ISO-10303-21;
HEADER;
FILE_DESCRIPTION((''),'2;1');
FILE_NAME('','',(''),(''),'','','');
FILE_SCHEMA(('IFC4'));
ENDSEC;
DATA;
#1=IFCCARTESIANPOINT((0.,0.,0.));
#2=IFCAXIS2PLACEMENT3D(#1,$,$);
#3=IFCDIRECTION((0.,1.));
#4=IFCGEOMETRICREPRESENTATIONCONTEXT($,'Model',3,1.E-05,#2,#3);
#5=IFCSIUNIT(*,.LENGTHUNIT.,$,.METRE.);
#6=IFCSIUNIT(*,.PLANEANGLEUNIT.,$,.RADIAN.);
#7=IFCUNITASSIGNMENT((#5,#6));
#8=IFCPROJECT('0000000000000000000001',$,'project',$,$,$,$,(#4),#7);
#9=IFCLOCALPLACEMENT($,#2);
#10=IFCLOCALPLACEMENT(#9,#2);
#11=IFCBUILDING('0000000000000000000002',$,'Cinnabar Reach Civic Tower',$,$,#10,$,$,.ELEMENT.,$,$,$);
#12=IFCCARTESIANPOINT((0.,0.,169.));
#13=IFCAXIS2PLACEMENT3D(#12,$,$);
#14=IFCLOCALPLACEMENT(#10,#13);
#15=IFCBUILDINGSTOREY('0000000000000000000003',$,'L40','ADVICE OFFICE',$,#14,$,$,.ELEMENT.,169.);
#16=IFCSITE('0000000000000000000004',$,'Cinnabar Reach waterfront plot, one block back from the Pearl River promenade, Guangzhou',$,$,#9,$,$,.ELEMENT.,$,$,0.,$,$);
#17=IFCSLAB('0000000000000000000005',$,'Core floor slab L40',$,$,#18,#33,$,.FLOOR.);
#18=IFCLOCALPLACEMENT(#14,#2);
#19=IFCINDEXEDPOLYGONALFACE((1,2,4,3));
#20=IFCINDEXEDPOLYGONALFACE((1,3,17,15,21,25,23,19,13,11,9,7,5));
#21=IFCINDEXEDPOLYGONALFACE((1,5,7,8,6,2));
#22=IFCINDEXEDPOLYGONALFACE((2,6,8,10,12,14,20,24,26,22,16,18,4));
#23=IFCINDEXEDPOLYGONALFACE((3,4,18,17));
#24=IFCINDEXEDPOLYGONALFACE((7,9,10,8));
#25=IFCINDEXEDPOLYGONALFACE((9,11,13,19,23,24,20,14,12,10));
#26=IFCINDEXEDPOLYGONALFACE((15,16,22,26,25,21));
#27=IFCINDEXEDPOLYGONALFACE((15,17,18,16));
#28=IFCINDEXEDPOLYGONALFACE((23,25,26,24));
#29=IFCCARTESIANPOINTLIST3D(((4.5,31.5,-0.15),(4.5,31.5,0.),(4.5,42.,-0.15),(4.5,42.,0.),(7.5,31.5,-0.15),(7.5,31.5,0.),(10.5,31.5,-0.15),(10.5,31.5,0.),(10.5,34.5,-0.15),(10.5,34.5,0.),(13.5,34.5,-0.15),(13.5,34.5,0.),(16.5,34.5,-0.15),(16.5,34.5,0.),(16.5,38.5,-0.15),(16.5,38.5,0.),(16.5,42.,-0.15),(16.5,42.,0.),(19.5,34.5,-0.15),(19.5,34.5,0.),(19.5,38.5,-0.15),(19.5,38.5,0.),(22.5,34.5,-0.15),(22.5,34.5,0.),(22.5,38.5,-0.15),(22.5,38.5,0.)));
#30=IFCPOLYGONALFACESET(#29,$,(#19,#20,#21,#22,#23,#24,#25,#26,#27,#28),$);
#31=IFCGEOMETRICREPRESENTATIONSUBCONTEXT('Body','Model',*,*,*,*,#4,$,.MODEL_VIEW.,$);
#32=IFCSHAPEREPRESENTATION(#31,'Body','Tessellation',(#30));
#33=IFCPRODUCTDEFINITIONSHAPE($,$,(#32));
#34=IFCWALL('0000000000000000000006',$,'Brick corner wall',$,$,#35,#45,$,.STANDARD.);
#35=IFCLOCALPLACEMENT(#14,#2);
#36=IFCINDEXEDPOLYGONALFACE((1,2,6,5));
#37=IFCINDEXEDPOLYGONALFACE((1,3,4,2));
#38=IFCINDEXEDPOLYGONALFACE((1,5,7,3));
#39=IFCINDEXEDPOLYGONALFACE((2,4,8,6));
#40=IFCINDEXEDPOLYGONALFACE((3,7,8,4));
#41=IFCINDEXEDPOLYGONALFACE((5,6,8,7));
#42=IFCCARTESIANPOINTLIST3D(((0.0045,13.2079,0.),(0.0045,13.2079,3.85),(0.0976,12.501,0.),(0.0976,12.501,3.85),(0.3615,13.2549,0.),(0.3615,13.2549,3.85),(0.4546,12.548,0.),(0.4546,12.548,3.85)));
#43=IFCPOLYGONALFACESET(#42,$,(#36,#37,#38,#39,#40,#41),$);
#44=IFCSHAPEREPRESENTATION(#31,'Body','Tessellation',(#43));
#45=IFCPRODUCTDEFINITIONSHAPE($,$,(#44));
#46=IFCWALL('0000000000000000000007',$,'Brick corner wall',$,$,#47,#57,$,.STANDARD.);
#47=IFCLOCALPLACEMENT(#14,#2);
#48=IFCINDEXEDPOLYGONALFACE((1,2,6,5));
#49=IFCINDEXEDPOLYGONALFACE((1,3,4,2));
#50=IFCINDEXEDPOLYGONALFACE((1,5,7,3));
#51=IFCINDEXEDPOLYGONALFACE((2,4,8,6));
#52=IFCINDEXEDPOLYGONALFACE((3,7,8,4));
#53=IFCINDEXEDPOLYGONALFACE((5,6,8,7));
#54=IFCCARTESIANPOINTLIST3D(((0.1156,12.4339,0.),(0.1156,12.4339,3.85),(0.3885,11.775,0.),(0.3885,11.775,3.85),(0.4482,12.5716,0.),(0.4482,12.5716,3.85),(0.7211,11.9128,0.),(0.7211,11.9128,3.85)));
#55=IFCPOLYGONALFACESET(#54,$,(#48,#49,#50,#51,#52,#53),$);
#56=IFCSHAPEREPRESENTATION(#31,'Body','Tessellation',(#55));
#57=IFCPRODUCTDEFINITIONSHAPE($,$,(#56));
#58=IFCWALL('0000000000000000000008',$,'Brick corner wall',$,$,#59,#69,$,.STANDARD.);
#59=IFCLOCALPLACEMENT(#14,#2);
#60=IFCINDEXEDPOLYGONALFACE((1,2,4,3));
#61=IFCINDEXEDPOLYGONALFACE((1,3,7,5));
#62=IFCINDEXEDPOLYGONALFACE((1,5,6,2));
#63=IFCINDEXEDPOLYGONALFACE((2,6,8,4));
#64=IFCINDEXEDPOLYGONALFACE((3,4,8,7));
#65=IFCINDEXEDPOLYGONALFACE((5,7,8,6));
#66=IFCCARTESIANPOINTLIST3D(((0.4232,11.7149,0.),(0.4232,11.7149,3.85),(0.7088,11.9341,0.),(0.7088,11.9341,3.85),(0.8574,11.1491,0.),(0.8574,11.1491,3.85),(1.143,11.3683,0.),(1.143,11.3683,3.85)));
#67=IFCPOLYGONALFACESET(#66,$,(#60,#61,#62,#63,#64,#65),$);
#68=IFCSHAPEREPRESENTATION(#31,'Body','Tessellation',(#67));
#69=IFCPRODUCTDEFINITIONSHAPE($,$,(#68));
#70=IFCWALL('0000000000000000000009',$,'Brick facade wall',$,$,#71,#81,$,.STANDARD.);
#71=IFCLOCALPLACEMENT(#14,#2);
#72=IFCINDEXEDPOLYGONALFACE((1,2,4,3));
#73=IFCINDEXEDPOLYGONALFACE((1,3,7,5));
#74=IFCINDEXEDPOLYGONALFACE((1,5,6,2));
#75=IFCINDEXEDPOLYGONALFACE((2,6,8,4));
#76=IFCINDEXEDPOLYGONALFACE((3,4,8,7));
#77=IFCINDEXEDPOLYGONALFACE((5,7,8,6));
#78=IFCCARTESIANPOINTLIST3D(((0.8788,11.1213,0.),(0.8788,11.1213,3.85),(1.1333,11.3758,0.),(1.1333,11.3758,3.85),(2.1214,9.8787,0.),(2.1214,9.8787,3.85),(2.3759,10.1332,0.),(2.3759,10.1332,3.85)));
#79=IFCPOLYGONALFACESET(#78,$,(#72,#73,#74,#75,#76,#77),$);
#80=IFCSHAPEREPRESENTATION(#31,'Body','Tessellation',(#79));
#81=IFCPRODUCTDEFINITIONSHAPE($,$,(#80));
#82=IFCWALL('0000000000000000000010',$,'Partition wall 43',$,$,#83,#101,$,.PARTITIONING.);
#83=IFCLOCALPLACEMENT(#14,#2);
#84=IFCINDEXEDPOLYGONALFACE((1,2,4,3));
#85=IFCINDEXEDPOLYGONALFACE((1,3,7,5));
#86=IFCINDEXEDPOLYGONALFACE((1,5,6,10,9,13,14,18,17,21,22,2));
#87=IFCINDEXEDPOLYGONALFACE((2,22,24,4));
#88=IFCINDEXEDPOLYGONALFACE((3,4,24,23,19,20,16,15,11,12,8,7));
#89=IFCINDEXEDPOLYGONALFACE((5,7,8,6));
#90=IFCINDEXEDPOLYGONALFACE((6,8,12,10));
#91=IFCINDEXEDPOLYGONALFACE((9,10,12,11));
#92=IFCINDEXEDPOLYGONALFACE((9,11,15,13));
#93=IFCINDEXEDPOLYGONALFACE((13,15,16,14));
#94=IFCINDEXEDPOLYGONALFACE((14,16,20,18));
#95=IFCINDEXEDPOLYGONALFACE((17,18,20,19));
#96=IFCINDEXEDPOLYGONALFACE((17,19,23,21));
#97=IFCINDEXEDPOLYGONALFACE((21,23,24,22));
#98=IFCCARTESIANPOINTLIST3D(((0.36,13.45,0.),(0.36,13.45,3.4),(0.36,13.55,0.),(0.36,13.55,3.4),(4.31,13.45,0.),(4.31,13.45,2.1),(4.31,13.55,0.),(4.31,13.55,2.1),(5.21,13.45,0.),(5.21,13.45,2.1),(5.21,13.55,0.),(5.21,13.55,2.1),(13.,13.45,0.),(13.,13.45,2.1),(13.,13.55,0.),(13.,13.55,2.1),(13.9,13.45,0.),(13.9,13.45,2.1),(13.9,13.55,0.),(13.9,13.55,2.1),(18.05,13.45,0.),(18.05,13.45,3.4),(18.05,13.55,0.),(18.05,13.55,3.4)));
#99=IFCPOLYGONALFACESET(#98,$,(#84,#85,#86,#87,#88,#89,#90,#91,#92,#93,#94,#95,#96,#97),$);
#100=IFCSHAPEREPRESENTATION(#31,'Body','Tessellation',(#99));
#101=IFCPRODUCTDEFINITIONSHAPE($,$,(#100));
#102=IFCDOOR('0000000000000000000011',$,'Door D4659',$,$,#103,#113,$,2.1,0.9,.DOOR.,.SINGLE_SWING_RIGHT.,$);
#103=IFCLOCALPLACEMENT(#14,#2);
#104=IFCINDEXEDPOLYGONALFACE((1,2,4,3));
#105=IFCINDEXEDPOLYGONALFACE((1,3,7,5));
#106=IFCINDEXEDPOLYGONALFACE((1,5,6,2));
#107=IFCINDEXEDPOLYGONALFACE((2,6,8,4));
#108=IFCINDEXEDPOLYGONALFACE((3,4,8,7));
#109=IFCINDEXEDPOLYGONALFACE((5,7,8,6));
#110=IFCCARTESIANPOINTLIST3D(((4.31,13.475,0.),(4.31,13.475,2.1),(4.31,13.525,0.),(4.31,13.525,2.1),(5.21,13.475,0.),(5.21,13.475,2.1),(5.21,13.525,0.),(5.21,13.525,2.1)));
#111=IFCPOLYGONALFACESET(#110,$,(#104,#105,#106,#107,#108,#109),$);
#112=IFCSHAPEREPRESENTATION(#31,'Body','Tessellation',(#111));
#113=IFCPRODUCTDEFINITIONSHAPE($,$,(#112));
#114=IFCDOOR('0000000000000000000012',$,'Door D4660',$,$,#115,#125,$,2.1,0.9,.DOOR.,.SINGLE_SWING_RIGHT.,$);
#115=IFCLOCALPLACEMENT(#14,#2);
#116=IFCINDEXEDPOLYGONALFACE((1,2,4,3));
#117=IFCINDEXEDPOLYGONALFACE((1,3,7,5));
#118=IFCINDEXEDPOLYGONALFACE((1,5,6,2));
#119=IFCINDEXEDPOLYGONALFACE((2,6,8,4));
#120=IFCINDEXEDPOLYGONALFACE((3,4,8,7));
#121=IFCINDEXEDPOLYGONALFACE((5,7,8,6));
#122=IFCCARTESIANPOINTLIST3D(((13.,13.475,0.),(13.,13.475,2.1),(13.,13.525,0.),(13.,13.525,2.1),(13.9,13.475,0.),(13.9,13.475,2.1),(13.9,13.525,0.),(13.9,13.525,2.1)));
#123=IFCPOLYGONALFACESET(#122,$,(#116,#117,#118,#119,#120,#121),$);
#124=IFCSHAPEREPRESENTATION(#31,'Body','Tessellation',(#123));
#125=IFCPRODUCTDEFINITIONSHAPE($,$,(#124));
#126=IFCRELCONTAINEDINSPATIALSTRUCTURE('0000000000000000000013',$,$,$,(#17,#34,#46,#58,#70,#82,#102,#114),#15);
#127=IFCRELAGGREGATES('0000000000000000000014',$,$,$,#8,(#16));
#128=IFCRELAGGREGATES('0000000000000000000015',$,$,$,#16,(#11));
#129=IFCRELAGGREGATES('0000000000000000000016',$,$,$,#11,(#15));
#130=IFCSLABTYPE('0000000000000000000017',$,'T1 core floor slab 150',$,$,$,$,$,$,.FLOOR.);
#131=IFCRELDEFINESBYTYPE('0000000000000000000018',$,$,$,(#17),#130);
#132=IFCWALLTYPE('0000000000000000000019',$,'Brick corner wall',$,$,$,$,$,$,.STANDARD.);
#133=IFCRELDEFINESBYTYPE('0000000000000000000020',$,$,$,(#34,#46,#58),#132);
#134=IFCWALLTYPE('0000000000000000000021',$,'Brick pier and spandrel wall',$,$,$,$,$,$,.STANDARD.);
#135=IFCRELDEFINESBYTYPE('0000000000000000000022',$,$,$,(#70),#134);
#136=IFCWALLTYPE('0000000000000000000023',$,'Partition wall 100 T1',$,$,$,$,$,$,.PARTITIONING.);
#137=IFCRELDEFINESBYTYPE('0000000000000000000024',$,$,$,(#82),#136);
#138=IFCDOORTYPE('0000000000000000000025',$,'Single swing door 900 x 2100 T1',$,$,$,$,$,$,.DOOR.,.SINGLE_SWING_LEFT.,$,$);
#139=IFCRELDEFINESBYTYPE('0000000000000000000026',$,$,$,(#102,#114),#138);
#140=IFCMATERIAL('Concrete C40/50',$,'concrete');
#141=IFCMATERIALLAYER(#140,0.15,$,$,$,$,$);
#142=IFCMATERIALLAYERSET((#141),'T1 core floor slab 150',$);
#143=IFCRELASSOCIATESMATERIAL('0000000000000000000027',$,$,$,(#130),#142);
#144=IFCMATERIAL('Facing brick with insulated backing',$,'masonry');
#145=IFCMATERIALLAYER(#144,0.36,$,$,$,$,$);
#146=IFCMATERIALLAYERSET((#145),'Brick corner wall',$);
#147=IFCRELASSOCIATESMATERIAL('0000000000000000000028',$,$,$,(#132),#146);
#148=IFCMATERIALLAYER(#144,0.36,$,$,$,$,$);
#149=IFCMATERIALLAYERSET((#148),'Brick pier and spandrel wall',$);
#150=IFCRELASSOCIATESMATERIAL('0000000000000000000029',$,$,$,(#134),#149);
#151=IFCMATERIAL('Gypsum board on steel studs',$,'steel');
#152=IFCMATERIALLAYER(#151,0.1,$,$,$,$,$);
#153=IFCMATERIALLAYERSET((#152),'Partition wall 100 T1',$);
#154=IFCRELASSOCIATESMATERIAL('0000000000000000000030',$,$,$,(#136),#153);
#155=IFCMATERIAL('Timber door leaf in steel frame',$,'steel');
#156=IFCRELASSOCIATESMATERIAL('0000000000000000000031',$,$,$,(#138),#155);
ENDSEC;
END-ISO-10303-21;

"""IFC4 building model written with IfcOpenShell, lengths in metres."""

from ifc_helpers import new_model, si_unit, direction, frame, frame_2d, origin, place, context, subcontext, project, spatial, polyline, rectangle, outline, extrude, material, layer, layer_set, type_object, element, fill, save


model = new_model("IFC4")

# Units and contexts
model_context = context("Model", 3, precision=1e-05, world=origin(), true_north=direction((0.0, 1.0)))
body_context = subcontext(model_context, "Body", "Model", "MODEL_VIEW")
ifc_project = project(units=[si_unit("LENGTHUNIT", "METRE"), si_unit("PLANEANGLEUNIT", "RADIAN")], contexts=[model_context])

# Site, building, storey
site_placement = place(None, origin())
site = spatial("IfcSite", under=ifc_project, at=site_placement, Name="Cinnabar Reach waterfront plot, one block back from the Pearl River promenade, Guangzhou", CompositionType="ELEMENT", RefElevation=0.0)
building_placement = place(site_placement, origin())
building = spatial("IfcBuilding", under=site, at=building_placement, Name="Cinnabar Reach Civic Tower", CompositionType="ELEMENT")
storey_placement = place(building_placement, frame((0.0, 0.0, 169.0)))
storey = spatial("IfcBuildingStorey", under=building, at=storey_placement, Name="L40", Description="ADVICE OFFICE", CompositionType="ELEMENT", Elevation=169.0)

# Shared definitions
ifc_material_1 = material(Name="Concrete C40/50", Category="concrete")

# Slab
ifc_layer_1 = layer(ifc_material_1, 0.15)
ifc_layer_set_1 = layer_set([ifc_layer_1], Name="T1 core floor slab 150")
slab_type_1 = type_object("IfcSlabType", Name="T1 core floor slab 150", PredefinedType="FLOOR", material=ifc_layer_set_1)
slab_1_placement = place(storey_placement, frame((0.0, 0.0, -0.15)))
element("IfcSlab", 1, at=slab_1_placement, inside=storey, type_object=slab_type_1, Name="Core floor slab L40", PredefinedType="FLOOR", context=body_context, shape_type="SweptSolid", body=[
    extrude(outline(polyline([(22.5, 34.5), (19.5, 34.5), (16.5, 34.5), (13.5, 34.5), (10.5, 34.5), (10.5, 31.5), (7.5, 31.5), (4.5, 31.5), (4.5, 42.0), (16.5, 42.0), (16.5, 38.5), (19.5, 38.5), (22.5, 38.5), (22.5, 34.5)])), origin(), (0.0, 0.0, 1.0), 0.15),
])

# Walls
ifc_material_2 = material(Name="Facing brick with insulated backing", Category="masonry")
ifc_layer_2 = layer(ifc_material_2, 0.36)
ifc_layer_set_2 = layer_set([ifc_layer_2], Name="Brick corner wall")
wall_type_1 = type_object("IfcWallType", Name="Brick corner wall", PredefinedType="STANDARD", material=ifc_layer_set_2)
for number, where, z_axis, x_axis, name in (
    (2, (0.183, 13.2314, 0.0), (0.0, 0.0, 1.0), (0.130556, -0.991441, 0.0), "Brick corner wall"),
    (3, (0.2819, 12.5027, 0.0), (0.0, 0.0, 1.0), (0.382703, -0.923872, 0.0), "Brick corner wall"),
):
    element("IfcWall", number, at=place(storey_placement, frame(where, z_axis=z_axis, x_axis=x_axis)), inside=storey, type_object=wall_type_1, Name=name, PredefinedType="STANDARD", context=body_context, shape_type="SweptSolid", body=[
        extrude(rectangle(XDim=0.7131, YDim=0.36, at=frame_2d((0.3565, 0.0))), origin(), (0.0, 0.0, 1.0), 3.85),
    ])
wall_1_placement = place(storey_placement, frame((0.566, 11.8245, 0.0), z_axis=(0.0, 0.0, 1.0), x_axis=(0.608802, -0.793322, 0.0)))
element("IfcWall", 4, at=wall_1_placement, inside=storey, type_object=wall_type_1, Name="Brick corner wall", PredefinedType="STANDARD", context=body_context, shape_type="SweptSolid", body=[
    extrude(rectangle(XDim=0.7132, YDim=0.36, at=frame_2d((0.3566, 0.0))), origin(), (0.0, 0.0, 1.0), 3.85),
])
ifc_layer_3 = layer(ifc_material_2, 0.36)
ifc_layer_set_3 = layer_set([ifc_layer_3], Name="Brick pier and spandrel wall")
wall_type_2 = type_object("IfcWallType", Name="Brick pier and spandrel wall", PredefinedType="STANDARD", material=ifc_layer_set_3)
wall_2_placement = place(storey_placement, frame((1.006, 11.2486, 0.0), z_axis=(0.0, 0.0, 1.0), x_axis=(0.707107, -0.707107, 0.0)))
element("IfcWall", 5, at=wall_2_placement, inside=storey, type_object=wall_type_2, Name="Brick facade wall", PredefinedType="STANDARD", context=body_context, shape_type="SweptSolid", body=[
    extrude(rectangle(XDim=1.7573, YDim=0.36, at=frame_2d((0.8787, 0.0))), origin(), (0.0, 0.0, 1.0), 3.85),
])

# Wall, openings, doors
ifc_material_3 = material(Name="Gypsum board on steel studs", Category="steel")
ifc_layer_4 = layer(ifc_material_3, 0.1)
ifc_layer_set_4 = layer_set([ifc_layer_4], Name="Partition wall 100 T1")
wall_type_3 = type_object("IfcWallType", Name="Partition wall 100 T1", PredefinedType="PARTITIONING", material=ifc_layer_set_4)
wall_3_placement = place(storey_placement, frame((0.36, 13.5, 0.0), z_axis=(0.0, 0.0, 1.0), x_axis=(1.0, 0.0, 0.0)))
wall_3 = element("IfcWall", 6, at=wall_3_placement, inside=storey, type_object=wall_type_3, Name="Partition wall 43", PredefinedType="PARTITIONING", context=body_context, shape_type="SweptSolid", body=[
    extrude(rectangle(XDim=17.69, YDim=0.1, at=frame_2d((8.845, 0.0))), origin(), (0.0, 0.0, 1.0), 3.4),
])
opening_1_placement = place(wall_3_placement, frame((3.95, 0.0, 0.0)))
opening_1 = element("IfcOpeningElement", 7, at=opening_1_placement, cuts=wall_3, PredefinedType="OPENING", context=body_context, shape_type="SweptSolid", body=[
    extrude(rectangle(XDim=0.9, YDim=2.1, at=frame_2d((0.45, 1.05))), frame((0.0, 0.06, 0.0), z_axis=(0.0, -1.0, 0.0), x_axis=(1.0, 0.0, 0.0)), (0.0, 0.0, 1.0), 0.12),
])
opening_2_placement = place(wall_3_placement, frame((12.64, 0.0, 0.0)))
opening_2 = element("IfcOpeningElement", 8, at=opening_2_placement, cuts=wall_3, PredefinedType="OPENING", context=body_context, shape_type="SweptSolid", body=[
    extrude(rectangle(XDim=0.9, YDim=2.1, at=frame_2d((0.45, 1.05))), frame((0.0, 0.06, 0.0), z_axis=(0.0, -1.0, 0.0), x_axis=(1.0, 0.0, 0.0)), (0.0, 0.0, 1.0), 0.12),
])
ifc_material_4 = material(Name="Timber door leaf in steel frame", Category="steel")
door_type = type_object("IfcDoorType", Name="Single swing door 900 x 2100 T1", OperationType="SINGLE_SWING_LEFT", PredefinedType="DOOR", material=ifc_material_4)
door_1_placement = place(opening_1_placement, frame((0.9, 0.0, 0.0), z_axis=(0.0, 0.0, 1.0), x_axis=(-1.0, 0.0, 0.0)))
door_1 = element("IfcDoor", 9, at=door_1_placement, inside=storey, type_object=door_type, Name="Door D4659", OperationType="SINGLE_SWING_RIGHT", OverallHeight=2.1, OverallWidth=0.9, PredefinedType="DOOR", context=body_context, shape_type="SweptSolid", body=[
    extrude(rectangle(XDim=0.9, YDim=2.1, at=frame_2d((0.45, 1.05))), frame((0.0, 0.025, 0.0), z_axis=(0.0, -1.0, 0.0), x_axis=(1.0, 0.0, 0.0)), (0.0, 0.0, 1.0), 0.05),
])
fill(opening_1, door_1)
door_2_placement = place(opening_2_placement, frame((0.9, 0.0, 0.0), z_axis=(0.0, 0.0, 1.0), x_axis=(-1.0, 0.0, 0.0)))
door_2 = element("IfcDoor", 10, at=door_2_placement, inside=storey, type_object=door_type, Name="Door D4660", OperationType="SINGLE_SWING_RIGHT", OverallHeight=2.1, OverallWidth=0.9, PredefinedType="DOOR", context=body_context, shape_type="SweptSolid", body=[
    extrude(rectangle(XDim=0.9, YDim=2.1, at=frame_2d((0.45, 1.05))), frame((0.0, 0.025, 0.0), z_axis=(0.0, -1.0, 0.0), x_axis=(1.0, 0.0, 0.0)), (0.0, 0.0, 1.0), 0.05),
])
fill(opening_2, door_2)

save(model, "model.ifc")
